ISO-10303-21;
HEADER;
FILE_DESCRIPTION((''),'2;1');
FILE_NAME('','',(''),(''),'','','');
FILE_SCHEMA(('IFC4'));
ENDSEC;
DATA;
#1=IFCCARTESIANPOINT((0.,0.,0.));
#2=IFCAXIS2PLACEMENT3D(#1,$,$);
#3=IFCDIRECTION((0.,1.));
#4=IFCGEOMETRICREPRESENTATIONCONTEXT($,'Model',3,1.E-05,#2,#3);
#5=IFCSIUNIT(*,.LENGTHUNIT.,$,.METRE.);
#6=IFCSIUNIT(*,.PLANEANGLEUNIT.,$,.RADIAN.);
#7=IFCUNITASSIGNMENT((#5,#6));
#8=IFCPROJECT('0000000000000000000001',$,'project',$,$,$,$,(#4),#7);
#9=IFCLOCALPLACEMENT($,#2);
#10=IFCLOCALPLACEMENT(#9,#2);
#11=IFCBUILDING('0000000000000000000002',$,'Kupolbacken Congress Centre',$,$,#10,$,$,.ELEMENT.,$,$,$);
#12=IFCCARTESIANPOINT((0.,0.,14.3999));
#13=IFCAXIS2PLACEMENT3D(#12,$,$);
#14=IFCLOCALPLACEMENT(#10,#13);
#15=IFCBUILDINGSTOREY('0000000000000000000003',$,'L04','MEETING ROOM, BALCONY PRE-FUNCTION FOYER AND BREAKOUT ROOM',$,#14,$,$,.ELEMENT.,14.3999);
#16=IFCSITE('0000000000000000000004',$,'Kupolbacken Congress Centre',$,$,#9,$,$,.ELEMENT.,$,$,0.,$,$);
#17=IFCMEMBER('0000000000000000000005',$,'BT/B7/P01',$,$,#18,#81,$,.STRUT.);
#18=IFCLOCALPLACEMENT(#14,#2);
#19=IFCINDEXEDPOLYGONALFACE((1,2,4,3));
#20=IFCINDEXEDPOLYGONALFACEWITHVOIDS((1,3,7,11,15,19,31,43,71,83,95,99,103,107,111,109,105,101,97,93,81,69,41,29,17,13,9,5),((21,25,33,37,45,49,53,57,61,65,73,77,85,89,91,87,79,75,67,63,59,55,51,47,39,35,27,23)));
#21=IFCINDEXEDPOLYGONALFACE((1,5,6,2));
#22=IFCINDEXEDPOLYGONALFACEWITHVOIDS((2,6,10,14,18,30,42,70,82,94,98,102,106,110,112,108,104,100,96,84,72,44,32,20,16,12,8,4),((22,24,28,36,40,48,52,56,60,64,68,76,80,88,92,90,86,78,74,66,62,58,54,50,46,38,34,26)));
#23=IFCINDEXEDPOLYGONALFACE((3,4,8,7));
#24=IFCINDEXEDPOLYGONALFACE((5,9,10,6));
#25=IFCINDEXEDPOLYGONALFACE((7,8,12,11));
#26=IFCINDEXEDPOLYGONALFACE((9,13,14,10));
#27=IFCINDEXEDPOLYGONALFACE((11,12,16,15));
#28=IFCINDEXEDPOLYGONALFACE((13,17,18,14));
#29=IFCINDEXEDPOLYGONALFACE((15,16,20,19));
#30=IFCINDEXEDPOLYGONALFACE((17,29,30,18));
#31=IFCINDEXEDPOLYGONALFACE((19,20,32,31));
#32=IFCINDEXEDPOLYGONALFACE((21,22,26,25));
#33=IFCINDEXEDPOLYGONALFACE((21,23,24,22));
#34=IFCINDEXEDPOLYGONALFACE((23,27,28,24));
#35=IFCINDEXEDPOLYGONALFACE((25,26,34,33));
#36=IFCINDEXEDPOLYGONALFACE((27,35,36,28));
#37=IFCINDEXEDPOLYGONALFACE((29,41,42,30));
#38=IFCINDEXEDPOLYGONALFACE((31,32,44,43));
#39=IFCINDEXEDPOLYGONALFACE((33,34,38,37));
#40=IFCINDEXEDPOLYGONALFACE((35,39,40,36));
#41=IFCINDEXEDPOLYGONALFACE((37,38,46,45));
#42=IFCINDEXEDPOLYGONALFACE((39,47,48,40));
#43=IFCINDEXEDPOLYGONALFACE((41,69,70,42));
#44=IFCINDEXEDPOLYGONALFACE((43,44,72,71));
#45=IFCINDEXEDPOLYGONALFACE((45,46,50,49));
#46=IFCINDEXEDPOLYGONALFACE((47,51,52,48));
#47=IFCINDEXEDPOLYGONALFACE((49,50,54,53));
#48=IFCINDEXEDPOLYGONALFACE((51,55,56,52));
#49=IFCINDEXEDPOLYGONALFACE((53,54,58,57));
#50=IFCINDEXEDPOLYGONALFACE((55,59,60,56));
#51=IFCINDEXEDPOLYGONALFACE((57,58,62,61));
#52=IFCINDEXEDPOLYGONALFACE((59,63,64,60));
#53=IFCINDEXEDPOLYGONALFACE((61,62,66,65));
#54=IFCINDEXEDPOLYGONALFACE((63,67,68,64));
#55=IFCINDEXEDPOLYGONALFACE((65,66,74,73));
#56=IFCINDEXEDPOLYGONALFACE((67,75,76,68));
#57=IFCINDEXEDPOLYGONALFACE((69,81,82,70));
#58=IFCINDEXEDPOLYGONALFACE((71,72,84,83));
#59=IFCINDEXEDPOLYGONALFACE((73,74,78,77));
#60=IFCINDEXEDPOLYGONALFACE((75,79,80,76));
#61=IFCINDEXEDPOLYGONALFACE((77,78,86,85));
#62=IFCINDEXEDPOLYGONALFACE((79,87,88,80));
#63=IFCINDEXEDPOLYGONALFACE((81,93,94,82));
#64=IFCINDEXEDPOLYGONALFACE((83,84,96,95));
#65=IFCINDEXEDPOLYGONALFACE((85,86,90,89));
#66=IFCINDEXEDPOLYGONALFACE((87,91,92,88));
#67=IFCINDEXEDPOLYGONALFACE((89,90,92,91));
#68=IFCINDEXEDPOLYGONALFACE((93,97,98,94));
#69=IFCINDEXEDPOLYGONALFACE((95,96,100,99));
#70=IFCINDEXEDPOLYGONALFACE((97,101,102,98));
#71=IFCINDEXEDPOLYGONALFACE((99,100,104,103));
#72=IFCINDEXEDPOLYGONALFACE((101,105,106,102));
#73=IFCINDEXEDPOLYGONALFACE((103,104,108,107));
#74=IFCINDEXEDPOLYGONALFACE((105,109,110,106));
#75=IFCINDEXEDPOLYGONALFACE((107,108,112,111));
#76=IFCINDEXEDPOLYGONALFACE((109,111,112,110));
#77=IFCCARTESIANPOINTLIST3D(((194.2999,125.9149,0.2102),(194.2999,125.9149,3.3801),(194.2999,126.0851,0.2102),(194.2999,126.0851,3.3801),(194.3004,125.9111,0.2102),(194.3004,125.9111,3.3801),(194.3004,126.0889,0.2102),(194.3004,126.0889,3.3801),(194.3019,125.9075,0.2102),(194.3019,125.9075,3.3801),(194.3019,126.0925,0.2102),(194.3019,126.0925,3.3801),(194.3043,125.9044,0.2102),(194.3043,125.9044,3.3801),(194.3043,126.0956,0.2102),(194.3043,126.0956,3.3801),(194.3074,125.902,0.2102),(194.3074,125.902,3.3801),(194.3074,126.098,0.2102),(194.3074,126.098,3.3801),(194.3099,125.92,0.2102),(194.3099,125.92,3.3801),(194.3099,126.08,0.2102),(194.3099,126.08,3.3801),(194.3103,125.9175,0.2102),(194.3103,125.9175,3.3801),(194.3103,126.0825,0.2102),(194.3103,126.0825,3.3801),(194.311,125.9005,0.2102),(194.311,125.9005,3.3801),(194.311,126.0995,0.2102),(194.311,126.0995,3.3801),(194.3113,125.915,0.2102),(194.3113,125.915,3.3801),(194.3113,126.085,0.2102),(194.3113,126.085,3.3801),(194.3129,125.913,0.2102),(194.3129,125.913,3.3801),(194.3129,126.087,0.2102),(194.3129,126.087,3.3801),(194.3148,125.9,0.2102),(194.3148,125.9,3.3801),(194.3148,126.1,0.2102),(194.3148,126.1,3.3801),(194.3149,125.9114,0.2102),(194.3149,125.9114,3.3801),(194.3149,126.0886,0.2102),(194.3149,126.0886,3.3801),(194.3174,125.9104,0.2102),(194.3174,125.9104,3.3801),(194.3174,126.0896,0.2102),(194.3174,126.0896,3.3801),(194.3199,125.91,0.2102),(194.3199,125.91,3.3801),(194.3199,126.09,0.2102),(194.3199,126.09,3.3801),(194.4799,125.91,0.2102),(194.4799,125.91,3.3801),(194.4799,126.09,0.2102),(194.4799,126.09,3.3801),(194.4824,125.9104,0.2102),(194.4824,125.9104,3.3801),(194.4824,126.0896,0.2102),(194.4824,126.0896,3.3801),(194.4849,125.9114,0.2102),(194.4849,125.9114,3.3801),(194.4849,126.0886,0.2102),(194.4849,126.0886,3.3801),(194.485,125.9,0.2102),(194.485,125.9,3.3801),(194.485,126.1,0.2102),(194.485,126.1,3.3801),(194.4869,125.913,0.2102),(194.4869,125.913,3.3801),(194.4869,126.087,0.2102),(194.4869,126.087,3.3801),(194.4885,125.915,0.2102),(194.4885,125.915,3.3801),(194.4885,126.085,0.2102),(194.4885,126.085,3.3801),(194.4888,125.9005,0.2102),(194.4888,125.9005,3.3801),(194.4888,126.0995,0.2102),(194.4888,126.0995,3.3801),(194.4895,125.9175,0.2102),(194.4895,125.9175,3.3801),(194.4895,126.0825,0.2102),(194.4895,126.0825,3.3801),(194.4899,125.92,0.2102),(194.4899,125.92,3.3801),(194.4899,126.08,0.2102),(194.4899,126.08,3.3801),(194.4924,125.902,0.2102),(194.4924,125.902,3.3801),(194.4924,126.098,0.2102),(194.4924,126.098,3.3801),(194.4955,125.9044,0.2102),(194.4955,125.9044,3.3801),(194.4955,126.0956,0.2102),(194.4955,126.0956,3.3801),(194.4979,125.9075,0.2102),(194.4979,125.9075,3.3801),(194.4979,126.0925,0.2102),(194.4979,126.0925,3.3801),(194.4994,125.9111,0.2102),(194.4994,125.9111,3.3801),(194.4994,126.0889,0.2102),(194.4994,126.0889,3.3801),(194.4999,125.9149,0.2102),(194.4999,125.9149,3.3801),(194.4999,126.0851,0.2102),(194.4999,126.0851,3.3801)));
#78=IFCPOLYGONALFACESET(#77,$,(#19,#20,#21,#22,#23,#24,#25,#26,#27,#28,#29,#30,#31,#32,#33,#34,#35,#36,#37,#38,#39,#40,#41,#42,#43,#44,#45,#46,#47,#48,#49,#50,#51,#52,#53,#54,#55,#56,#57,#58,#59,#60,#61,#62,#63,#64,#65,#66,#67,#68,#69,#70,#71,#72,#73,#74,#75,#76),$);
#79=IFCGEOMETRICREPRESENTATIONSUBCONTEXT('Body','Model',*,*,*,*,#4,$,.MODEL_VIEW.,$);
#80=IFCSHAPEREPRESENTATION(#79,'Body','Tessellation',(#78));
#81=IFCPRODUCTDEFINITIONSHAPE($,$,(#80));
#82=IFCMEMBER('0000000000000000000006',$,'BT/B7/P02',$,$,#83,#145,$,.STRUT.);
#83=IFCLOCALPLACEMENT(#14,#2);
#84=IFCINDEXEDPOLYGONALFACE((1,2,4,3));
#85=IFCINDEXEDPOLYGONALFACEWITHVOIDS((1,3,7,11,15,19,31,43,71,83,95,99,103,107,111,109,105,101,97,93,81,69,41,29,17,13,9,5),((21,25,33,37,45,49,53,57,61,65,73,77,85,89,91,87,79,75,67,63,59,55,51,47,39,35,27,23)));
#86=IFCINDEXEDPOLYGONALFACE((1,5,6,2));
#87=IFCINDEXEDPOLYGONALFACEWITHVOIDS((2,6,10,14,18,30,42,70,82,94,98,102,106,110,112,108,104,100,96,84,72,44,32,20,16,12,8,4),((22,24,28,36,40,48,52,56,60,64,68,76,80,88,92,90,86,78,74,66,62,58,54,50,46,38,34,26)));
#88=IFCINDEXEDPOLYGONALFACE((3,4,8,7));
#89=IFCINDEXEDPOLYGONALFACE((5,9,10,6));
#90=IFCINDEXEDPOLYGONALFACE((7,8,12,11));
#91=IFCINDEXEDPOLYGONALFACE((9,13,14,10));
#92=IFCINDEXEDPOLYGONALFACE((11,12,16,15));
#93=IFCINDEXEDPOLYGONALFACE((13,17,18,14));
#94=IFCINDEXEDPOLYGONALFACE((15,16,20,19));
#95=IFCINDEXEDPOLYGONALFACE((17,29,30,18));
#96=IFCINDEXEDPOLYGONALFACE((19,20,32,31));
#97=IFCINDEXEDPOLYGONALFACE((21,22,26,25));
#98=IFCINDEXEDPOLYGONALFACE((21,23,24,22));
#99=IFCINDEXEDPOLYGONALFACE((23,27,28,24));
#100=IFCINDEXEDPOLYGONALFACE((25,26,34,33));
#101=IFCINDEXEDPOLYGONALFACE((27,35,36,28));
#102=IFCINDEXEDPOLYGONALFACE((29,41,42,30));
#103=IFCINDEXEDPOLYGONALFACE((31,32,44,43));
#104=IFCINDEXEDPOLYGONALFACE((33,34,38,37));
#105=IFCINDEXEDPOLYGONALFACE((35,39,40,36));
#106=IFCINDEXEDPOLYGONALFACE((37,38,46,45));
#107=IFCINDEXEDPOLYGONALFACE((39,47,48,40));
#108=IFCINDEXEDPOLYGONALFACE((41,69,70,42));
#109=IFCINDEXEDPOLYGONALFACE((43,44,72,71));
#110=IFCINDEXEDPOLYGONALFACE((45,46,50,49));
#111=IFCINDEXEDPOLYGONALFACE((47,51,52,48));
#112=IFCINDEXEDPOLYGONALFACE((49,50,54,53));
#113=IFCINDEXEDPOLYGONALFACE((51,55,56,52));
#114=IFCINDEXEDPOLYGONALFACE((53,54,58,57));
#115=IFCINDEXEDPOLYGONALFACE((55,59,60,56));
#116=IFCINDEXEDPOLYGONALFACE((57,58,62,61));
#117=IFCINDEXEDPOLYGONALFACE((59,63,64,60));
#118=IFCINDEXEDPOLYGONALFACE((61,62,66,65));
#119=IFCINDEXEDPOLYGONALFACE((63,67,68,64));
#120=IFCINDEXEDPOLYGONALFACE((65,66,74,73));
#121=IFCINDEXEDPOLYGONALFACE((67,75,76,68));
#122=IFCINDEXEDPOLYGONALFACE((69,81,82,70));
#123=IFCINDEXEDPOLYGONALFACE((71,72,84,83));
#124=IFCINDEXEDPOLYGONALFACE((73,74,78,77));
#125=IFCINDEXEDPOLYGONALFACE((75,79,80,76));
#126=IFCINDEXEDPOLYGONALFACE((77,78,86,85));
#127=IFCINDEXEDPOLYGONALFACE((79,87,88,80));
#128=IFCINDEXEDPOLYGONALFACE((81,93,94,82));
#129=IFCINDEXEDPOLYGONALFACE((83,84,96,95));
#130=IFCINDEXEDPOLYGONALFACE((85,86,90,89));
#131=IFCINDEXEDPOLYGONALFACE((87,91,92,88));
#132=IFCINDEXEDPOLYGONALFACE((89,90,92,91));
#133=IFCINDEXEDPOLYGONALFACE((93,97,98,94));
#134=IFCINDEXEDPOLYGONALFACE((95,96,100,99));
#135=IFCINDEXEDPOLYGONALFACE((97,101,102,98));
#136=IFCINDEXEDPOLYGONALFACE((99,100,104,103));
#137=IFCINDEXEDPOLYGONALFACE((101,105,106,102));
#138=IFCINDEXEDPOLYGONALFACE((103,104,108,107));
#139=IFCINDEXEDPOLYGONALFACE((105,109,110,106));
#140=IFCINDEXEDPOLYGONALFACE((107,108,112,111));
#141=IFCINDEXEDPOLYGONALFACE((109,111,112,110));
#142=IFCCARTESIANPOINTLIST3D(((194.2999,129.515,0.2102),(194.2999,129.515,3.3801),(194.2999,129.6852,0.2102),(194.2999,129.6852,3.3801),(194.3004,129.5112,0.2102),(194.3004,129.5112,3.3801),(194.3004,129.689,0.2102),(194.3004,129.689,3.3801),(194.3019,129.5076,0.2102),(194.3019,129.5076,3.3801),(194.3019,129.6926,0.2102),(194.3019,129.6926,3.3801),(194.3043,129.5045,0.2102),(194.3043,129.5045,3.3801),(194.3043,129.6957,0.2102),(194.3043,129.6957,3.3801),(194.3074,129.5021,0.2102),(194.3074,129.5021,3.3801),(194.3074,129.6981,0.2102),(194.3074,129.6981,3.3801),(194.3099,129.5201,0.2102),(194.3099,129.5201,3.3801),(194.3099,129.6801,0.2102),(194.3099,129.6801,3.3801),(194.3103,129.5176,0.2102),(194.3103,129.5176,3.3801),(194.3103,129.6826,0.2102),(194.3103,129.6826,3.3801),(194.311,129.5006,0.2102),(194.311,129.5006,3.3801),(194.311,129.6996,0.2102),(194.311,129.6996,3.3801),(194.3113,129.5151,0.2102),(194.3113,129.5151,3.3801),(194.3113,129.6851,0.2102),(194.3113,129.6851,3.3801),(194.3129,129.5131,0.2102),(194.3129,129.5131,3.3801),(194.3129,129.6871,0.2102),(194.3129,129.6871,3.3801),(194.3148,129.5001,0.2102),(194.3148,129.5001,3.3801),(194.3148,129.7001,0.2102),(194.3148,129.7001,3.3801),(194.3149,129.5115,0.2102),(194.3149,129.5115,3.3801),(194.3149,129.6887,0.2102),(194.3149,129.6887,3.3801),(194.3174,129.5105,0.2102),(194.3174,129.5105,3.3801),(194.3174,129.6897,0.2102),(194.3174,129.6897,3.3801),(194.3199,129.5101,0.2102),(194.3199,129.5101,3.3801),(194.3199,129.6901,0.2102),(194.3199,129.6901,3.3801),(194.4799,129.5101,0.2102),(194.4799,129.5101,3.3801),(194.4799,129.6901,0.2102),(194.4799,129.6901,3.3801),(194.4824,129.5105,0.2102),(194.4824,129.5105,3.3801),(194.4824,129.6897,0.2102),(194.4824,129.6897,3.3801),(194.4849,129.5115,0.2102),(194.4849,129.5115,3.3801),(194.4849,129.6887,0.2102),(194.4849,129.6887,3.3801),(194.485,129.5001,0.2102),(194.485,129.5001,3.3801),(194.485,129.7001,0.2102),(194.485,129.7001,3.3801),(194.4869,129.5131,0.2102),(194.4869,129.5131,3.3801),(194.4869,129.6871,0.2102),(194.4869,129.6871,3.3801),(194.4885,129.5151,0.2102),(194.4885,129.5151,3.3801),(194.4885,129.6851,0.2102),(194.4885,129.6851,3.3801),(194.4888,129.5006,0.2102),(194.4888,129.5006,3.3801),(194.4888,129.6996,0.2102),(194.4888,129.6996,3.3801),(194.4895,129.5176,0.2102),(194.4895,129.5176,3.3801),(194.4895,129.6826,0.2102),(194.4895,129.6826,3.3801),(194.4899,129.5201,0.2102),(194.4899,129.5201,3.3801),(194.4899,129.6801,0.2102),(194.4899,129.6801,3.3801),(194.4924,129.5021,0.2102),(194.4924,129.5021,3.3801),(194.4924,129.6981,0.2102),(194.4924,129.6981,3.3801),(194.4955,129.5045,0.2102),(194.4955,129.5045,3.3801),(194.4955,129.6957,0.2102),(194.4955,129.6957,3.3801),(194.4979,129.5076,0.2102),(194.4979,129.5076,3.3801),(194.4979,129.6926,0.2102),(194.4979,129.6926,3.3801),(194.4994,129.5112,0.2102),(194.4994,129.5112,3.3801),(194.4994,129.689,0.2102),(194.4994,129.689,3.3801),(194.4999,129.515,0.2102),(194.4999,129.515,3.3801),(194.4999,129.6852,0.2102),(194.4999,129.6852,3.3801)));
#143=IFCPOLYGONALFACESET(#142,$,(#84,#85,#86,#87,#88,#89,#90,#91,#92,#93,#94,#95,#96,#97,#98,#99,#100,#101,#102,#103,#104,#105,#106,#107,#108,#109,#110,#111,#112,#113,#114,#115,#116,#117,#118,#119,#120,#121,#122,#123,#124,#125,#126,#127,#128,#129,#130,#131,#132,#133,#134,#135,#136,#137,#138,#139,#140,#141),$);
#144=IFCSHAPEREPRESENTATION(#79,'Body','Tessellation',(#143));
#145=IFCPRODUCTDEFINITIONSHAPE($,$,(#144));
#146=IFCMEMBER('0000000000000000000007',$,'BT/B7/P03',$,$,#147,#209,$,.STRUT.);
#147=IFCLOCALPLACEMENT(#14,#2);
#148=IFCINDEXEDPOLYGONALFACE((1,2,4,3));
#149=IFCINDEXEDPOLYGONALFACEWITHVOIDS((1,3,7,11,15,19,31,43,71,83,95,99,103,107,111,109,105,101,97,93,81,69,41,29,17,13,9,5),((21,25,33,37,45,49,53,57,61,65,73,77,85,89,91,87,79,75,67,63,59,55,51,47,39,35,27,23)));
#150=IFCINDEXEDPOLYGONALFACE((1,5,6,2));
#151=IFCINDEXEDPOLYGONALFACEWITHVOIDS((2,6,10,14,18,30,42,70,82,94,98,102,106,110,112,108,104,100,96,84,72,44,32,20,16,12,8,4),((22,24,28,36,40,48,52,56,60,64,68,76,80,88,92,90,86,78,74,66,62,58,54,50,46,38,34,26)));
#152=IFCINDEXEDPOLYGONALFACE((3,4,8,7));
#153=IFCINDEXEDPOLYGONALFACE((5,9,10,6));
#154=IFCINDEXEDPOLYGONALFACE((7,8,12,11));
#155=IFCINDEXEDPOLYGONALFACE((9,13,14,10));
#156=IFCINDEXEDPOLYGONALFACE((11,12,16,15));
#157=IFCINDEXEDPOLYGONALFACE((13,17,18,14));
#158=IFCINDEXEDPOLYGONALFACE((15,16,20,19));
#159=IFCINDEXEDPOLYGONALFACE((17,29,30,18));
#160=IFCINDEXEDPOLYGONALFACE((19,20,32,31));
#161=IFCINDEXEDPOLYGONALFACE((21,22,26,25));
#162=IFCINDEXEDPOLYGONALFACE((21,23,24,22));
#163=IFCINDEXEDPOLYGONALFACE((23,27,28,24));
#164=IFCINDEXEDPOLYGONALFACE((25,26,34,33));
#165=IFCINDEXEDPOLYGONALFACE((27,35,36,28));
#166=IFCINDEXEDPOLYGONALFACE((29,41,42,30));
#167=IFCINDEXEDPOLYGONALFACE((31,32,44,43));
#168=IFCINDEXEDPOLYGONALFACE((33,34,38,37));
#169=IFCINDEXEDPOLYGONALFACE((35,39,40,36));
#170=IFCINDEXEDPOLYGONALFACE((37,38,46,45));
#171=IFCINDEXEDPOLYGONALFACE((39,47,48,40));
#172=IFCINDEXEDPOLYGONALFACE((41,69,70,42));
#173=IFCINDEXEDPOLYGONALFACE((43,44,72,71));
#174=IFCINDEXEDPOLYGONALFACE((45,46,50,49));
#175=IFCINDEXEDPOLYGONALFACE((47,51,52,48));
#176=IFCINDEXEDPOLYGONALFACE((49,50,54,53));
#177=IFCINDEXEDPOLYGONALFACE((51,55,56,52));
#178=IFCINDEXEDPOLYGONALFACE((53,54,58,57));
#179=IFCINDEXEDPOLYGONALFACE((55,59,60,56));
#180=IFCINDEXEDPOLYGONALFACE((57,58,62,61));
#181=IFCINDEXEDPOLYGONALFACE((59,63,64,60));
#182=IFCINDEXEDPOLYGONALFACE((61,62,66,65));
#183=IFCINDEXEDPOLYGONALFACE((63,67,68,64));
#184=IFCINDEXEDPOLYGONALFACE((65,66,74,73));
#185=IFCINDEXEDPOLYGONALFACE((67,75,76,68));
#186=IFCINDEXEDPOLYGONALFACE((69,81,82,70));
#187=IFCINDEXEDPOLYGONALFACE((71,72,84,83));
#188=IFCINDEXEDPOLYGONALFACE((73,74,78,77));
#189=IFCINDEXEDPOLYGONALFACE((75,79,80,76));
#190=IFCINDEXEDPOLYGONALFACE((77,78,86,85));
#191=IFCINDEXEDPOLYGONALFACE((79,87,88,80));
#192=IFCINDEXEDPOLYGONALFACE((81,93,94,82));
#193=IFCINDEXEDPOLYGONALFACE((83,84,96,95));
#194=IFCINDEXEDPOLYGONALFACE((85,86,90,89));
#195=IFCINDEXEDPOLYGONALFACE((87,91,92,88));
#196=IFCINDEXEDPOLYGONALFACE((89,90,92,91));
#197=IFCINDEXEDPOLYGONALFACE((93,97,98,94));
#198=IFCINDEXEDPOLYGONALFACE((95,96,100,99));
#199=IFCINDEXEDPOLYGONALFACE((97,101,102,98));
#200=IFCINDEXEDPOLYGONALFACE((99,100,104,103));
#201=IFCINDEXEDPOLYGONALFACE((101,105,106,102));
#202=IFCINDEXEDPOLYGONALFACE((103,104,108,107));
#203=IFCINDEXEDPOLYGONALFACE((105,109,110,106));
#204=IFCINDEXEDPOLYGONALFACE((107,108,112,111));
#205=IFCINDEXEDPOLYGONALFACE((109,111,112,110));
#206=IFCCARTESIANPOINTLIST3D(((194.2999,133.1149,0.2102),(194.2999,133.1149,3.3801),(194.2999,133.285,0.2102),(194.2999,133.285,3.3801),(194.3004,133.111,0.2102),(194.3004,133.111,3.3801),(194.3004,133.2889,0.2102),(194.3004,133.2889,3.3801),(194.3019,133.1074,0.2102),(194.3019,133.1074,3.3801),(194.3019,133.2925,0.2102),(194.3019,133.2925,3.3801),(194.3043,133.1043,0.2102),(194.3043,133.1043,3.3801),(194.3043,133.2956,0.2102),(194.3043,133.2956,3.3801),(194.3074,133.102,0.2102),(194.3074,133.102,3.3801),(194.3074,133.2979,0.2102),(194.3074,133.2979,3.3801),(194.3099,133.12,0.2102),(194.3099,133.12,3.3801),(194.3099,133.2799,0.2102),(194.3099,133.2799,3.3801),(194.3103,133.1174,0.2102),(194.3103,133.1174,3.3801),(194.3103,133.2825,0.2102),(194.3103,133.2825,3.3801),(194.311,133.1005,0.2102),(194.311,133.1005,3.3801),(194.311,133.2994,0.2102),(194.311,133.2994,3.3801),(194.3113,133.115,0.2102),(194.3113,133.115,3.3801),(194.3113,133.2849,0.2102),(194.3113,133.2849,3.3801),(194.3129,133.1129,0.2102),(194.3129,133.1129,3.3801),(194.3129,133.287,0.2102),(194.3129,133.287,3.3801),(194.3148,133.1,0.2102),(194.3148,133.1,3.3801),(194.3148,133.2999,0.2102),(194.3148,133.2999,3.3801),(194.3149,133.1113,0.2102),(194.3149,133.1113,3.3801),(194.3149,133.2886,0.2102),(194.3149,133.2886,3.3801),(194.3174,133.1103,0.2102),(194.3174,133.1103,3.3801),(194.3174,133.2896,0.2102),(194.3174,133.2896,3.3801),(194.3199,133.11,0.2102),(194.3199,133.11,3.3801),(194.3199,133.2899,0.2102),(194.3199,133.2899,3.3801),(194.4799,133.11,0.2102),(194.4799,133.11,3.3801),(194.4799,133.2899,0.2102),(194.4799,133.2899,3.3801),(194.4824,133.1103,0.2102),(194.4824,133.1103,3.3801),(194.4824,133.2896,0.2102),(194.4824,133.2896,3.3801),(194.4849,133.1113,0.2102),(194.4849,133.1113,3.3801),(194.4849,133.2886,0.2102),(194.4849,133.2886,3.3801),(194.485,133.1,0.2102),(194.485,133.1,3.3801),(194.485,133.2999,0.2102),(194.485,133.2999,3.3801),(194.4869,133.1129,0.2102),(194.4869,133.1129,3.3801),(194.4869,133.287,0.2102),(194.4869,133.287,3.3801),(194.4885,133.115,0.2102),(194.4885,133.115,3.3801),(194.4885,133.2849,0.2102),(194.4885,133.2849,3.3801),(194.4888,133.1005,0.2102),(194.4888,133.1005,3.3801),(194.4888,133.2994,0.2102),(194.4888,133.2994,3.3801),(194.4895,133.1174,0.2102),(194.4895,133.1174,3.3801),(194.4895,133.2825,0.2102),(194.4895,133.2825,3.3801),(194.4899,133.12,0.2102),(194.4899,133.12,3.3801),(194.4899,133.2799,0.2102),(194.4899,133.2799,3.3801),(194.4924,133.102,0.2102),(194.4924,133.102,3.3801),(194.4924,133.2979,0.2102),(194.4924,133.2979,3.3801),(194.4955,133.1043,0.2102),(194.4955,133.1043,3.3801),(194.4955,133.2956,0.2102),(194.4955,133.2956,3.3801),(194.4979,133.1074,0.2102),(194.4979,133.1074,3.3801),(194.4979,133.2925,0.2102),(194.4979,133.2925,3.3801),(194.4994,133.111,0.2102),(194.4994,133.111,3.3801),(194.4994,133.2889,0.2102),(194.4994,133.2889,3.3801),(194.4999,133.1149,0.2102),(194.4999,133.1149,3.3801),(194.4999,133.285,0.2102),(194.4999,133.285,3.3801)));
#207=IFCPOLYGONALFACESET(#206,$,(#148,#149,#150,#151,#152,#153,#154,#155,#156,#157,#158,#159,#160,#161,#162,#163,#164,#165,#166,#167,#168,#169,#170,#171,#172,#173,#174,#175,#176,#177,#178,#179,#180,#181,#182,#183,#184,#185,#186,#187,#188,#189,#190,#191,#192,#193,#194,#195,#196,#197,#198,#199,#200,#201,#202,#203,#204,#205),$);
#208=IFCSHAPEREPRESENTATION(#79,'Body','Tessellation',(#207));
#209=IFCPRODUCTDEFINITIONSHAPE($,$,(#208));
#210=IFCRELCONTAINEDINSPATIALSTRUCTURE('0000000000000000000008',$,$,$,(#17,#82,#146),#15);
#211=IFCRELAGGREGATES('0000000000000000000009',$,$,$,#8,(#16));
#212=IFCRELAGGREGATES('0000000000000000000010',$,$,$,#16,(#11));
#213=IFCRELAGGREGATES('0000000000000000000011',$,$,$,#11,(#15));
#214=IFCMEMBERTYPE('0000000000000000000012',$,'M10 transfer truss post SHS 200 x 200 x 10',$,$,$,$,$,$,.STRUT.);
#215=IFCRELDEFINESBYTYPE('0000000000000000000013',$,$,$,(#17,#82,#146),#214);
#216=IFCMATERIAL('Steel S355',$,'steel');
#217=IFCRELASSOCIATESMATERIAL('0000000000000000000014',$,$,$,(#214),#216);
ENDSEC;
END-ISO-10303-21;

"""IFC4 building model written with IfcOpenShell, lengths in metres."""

from ifc_helpers import new_model, si_unit, direction, frame, origin, origin_2d, place, context, subcontext, project, spatial, hollow_rectangle, extrude, material, material_profile, profile_set, type_object, element, save


model = new_model("IFC4")

# Units and contexts
model_context = context("Model", 3, precision=1e-05, world=origin(), true_north=direction((0.0, 1.0)))
body_context = subcontext(model_context, "Body", "Model", "MODEL_VIEW")
ifc_project = project(units=[si_unit("LENGTHUNIT", "METRE"), si_unit("PLANEANGLEUNIT", "RADIAN")], contexts=[model_context])

# Site, building, storey
site_placement = place(None, origin())
site = spatial("IfcSite", under=ifc_project, at=site_placement, Name="Kupolbacken Congress Centre", CompositionType="ELEMENT", RefElevation=0.0)
building_placement = place(site_placement, origin())
building = spatial("IfcBuilding", under=site, at=building_placement, Name="Kupolbacken Congress Centre", CompositionType="ELEMENT")
storey_placement = place(building_placement, frame((0.0, 0.0, 14.3999)))
storey = spatial("IfcBuildingStorey", under=building, at=storey_placement, Name="L04", Description="MEETING ROOM, BALCONY PRE-FUNCTION FOYER AND BREAKOUT ROOM", CompositionType="ELEMENT", Elevation=14.3999)

# Members
ifc_material_1 = material(Name="Steel S355", Category="steel")
ifc_material_profile_1 = material_profile(ifc_material_1, hollow_rectangle(XDim=0.2, YDim=0.2, WallThickness=0.01, InnerFilletRadius=0.01, OuterFilletRadius=0.0149, at=origin_2d()), Name="SHS 200 x 200 x 10")
ifc_profile_set_1 = profile_set([ifc_material_profile_1], Name="Steel S355")
member_type_1 = type_object("IfcMemberType", Name="M10 transfer truss post SHS 200 x 200 x 10", PredefinedType="STRUT", material=ifc_profile_set_1)
for number, where, z_axis, x_axis, name in (
    (1, (194.3999, 126.0, 0.2102), (0.0, 0.0, 1.0), (0.0, 1.0, 0.0), "BT/B7/P01"),
    (2, (194.3999, 129.6001, 0.2102), (0.0, 0.0, 1.0), (0.0, 1.0, 0.0), "BT/B7/P02"),
    (3, (194.3999, 133.2, 0.2102), (0.0, 0.0, 1.0), (0.0, 1.0, 0.0), "BT/B7/P03"),
):
    element("IfcMember", number, at=place(storey_placement, frame(where, z_axis=z_axis, x_axis=x_axis)), inside=storey, type_object=member_type_1, Name=name, PredefinedType="STRUT", context=body_context, shape_type="SweptSolid", body=[
        extrude(hollow_rectangle(XDim=0.2, YDim=0.2, WallThickness=0.01, InnerFilletRadius=0.01, OuterFilletRadius=0.0149, at=origin_2d()), origin(), (0.0, 0.0, 1.0), 3.1699),
    ])

save(model, "model.ifc")
